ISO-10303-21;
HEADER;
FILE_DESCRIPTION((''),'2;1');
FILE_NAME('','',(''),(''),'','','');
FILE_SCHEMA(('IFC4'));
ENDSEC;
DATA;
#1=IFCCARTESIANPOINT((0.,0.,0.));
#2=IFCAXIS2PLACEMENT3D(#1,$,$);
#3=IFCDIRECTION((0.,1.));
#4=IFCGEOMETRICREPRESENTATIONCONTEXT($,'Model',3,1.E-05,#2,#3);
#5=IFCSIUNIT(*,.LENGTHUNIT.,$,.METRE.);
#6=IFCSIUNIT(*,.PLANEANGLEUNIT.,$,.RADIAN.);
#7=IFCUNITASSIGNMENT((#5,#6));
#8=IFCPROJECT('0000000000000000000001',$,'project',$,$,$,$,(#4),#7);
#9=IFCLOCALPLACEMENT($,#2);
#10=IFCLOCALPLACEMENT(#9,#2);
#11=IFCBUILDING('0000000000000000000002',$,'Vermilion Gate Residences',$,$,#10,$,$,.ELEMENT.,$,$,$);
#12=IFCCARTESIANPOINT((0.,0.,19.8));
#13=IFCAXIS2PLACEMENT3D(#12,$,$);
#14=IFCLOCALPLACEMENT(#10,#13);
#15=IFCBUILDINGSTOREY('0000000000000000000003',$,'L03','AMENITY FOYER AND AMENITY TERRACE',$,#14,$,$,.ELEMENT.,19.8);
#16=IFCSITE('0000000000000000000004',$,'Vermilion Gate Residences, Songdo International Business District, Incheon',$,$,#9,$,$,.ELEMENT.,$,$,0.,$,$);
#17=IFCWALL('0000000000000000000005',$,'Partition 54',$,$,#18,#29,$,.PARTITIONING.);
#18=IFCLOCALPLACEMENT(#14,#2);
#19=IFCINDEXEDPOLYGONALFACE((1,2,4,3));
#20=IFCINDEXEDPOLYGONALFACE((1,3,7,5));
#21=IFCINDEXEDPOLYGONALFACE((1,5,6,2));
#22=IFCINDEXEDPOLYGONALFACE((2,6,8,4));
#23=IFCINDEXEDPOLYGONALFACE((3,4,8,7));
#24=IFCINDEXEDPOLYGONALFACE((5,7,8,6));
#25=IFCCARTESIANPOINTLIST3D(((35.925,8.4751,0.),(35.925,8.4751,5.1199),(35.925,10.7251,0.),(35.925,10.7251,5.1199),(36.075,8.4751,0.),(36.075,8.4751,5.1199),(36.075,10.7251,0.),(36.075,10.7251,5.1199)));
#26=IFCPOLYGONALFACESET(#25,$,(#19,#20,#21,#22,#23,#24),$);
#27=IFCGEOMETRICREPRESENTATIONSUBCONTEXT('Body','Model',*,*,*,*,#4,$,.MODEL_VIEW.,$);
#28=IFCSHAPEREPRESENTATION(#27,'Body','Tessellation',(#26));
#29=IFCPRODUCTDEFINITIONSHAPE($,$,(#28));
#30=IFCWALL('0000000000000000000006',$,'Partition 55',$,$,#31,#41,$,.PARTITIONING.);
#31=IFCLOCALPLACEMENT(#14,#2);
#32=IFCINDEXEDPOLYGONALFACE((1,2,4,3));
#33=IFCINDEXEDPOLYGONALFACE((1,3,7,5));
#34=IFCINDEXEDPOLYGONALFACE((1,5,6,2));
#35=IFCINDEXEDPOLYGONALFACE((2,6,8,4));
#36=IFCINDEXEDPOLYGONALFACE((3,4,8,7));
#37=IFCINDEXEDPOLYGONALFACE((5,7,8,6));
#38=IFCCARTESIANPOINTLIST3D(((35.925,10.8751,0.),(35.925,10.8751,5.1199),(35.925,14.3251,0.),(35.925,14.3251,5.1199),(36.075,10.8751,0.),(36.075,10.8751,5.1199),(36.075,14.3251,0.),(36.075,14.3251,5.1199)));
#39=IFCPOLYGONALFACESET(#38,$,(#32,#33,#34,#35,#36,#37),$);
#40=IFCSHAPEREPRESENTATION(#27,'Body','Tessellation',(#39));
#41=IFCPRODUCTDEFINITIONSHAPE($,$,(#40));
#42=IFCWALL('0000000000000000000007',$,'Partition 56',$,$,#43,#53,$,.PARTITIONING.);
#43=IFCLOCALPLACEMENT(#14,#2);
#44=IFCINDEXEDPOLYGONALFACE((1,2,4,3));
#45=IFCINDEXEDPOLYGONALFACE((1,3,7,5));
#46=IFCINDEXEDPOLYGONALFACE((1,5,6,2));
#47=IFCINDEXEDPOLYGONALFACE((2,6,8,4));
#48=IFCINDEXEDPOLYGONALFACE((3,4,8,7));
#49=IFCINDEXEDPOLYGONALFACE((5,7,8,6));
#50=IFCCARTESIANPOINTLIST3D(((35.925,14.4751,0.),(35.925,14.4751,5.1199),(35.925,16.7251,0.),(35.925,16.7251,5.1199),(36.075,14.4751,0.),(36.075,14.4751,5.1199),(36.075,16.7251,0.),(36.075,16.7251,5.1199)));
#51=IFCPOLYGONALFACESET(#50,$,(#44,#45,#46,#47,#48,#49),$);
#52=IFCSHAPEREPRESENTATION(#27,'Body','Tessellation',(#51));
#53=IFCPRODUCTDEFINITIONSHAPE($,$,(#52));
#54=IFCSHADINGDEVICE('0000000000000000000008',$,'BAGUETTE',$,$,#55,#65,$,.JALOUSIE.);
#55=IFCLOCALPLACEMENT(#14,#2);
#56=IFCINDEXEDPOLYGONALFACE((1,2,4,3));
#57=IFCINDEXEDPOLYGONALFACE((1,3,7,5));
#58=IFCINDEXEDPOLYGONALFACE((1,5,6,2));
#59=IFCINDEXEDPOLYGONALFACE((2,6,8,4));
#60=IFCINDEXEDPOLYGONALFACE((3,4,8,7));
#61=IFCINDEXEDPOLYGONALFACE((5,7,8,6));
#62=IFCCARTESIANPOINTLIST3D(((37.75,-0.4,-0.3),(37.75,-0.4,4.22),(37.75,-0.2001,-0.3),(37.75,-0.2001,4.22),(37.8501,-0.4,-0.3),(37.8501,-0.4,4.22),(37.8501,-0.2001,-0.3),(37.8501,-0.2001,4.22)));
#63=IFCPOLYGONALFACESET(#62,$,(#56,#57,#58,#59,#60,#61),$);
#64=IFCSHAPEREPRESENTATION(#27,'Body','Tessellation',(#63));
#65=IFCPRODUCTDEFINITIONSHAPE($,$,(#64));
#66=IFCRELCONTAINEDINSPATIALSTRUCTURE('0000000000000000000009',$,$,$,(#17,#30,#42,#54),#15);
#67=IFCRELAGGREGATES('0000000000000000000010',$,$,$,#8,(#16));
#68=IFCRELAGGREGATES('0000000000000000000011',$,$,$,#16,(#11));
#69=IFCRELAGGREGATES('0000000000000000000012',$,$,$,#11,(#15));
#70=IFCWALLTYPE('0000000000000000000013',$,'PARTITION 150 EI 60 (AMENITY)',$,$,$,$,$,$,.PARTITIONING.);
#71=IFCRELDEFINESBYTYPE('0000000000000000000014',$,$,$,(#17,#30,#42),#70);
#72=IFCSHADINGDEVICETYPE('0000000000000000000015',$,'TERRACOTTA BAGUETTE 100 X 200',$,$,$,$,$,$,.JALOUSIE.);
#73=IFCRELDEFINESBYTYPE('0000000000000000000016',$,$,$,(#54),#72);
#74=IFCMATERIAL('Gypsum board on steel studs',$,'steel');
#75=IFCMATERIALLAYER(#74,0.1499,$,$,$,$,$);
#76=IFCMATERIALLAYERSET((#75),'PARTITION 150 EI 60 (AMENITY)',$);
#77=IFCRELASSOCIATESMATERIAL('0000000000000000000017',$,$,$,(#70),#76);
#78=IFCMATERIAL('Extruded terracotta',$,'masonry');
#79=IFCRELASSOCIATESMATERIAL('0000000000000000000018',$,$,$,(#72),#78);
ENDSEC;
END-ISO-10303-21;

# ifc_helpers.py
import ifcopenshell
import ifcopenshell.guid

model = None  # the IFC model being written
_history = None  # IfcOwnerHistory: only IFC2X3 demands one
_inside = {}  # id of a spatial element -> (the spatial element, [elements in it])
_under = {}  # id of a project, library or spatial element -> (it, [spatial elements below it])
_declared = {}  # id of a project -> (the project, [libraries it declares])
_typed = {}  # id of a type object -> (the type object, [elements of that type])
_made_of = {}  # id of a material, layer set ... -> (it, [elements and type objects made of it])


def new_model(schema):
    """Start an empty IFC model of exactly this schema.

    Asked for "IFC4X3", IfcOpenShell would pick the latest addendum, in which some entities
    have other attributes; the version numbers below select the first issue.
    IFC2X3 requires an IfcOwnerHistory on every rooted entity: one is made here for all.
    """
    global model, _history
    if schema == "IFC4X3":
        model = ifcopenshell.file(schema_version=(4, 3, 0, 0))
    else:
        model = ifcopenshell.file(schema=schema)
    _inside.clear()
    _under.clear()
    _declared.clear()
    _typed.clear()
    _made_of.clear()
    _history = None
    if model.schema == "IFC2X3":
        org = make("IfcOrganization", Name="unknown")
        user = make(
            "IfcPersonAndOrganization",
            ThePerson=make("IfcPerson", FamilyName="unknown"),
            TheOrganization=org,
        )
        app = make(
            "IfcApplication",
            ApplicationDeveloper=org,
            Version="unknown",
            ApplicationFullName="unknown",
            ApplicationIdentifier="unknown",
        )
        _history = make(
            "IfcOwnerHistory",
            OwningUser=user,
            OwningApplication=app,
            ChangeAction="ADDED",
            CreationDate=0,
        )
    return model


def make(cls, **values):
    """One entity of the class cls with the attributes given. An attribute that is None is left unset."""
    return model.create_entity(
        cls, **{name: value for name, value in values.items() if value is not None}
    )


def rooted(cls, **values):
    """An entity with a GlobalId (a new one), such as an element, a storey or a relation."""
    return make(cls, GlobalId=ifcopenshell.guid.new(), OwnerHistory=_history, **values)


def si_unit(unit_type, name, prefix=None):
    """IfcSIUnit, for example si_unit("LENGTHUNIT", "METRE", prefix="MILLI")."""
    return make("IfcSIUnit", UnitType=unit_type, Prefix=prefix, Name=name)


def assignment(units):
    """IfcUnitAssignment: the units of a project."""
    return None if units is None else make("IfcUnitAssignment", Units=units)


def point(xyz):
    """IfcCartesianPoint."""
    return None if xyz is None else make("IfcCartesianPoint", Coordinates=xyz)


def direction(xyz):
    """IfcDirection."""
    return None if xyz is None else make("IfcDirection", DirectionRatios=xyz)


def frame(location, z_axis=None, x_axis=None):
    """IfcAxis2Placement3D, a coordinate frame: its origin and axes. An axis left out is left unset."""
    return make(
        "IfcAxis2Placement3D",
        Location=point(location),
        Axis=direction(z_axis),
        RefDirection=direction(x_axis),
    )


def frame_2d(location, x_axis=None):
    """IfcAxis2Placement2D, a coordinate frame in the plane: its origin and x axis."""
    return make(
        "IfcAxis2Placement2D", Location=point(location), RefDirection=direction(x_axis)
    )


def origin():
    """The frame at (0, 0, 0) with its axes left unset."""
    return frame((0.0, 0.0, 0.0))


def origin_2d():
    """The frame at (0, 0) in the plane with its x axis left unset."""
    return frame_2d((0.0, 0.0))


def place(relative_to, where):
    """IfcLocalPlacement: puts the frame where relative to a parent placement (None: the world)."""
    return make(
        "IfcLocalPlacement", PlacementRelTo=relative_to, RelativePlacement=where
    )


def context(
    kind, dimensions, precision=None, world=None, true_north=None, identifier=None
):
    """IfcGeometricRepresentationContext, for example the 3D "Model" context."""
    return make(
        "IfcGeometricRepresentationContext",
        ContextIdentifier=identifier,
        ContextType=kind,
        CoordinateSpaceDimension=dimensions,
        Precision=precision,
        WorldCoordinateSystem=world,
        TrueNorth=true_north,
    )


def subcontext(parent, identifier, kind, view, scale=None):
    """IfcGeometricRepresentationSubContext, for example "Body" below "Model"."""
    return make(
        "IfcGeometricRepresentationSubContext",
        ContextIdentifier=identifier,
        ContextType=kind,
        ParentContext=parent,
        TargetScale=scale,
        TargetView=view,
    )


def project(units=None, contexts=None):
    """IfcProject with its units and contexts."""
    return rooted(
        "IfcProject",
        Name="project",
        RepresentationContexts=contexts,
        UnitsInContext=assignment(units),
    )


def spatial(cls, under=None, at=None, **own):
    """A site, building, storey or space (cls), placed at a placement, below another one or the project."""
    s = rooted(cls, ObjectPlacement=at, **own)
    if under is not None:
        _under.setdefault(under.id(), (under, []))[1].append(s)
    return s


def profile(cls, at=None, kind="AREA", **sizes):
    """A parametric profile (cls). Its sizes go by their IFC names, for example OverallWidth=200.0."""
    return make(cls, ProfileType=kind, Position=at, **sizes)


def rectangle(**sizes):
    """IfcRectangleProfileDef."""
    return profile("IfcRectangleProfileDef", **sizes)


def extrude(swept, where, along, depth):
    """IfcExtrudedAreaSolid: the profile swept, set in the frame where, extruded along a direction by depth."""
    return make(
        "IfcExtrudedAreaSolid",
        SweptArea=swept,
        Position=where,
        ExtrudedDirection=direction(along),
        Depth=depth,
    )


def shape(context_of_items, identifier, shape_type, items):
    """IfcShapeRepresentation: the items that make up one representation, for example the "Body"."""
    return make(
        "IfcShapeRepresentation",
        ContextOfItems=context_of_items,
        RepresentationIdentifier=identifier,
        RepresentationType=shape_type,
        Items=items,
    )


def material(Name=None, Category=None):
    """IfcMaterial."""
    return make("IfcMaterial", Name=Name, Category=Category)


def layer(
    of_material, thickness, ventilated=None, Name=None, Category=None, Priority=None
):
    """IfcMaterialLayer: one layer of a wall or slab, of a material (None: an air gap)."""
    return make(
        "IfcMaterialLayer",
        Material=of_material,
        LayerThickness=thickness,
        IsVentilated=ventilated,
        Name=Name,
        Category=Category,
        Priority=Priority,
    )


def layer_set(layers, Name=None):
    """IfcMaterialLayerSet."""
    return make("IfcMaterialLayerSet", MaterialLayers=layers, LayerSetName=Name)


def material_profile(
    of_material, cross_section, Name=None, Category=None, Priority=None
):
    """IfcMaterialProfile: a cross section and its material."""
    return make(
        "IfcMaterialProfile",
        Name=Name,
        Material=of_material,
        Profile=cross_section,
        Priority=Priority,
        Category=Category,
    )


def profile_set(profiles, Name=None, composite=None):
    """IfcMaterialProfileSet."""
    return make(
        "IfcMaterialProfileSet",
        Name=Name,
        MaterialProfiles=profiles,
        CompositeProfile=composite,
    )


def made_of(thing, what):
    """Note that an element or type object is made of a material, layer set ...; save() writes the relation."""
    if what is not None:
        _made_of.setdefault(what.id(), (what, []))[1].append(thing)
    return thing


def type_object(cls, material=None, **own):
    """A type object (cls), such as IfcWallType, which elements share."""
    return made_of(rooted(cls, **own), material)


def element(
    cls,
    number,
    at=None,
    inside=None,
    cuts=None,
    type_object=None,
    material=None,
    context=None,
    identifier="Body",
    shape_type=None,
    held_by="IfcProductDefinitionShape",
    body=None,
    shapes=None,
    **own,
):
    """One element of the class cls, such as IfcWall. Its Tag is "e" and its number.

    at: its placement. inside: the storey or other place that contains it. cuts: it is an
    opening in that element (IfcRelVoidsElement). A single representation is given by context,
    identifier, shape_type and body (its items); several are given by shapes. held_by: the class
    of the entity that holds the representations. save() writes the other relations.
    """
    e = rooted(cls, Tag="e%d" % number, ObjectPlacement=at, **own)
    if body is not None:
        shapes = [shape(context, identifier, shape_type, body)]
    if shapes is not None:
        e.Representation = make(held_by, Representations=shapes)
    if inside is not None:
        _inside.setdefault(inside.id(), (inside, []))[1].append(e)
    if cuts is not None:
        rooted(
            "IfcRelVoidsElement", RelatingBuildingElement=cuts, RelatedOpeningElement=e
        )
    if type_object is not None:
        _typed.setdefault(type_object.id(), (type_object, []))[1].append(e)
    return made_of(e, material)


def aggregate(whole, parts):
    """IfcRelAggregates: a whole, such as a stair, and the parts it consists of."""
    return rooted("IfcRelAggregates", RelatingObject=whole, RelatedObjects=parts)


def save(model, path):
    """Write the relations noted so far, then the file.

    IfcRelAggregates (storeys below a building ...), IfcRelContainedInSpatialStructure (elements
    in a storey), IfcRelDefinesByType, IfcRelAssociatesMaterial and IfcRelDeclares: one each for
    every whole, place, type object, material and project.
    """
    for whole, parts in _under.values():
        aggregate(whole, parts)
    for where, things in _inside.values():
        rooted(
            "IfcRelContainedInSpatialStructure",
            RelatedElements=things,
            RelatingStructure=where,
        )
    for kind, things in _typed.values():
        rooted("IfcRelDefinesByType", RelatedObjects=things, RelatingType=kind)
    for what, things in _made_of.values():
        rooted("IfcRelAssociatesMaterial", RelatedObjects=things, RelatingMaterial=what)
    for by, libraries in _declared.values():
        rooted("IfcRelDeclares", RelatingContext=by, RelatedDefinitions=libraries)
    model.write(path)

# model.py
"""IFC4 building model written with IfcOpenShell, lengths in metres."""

from ifc_helpers import new_model, si_unit, direction, frame, frame_2d, origin, origin_2d, place, context, subcontext, project, spatial, rectangle, extrude, material, layer, layer_set, material_profile, profile_set, type_object, element, save


model = new_model("IFC4")

# Units and contexts
model_context = context("Model", 3, precision=1e-05, world=origin(), true_north=direction((0.0, 1.0)))
body_context = subcontext(model_context, "Body", "Model", "MODEL_VIEW")
ifc_project = project(units=[si_unit("LENGTHUNIT", "METRE"), si_unit("PLANEANGLEUNIT", "RADIAN")], contexts=[model_context])

# Site, building, storey
site_placement = place(None, origin())
site = spatial("IfcSite", under=ifc_project, at=site_placement, Name="Vermilion Gate Residences, Songdo International Business District, Incheon", CompositionType="ELEMENT", RefElevation=0.0)
building_placement = place(site_placement, origin())
building = spatial("IfcBuilding", under=site, at=building_placement, Name="Vermilion Gate Residences", CompositionType="ELEMENT")
storey_placement = place(building_placement, frame((0.0, 0.0, 19.8)))
storey = spatial("IfcBuildingStorey", under=building, at=storey_placement, Name="L03", Description="AMENITY FOYER AND AMENITY TERRACE", CompositionType="ELEMENT", Elevation=19.8)

# Walls
ifc_material_1 = material(Name="Gypsum board on steel studs", Category="steel")
ifc_layer_1 = layer(ifc_material_1, 0.1499)
ifc_layer_set_1 = layer_set([ifc_layer_1], Name="PARTITION 150 EI 60 (AMENITY)")
wall_type = type_object("IfcWallType", Name="PARTITION 150 EI 60 (AMENITY)", PredefinedType="PARTITIONING", material=ifc_layer_set_1)
wall_1_placement = place(storey_placement, frame((36.0, 8.4751, 0.0), z_axis=(0.0, 0.0, 1.0), x_axis=(0.0, 1.0, 0.0)))
element("IfcWall", 1, at=wall_1_placement, inside=storey, type_object=wall_type, Name="Partition 54", PredefinedType="PARTITIONING", context=body_context, shape_type="SweptSolid", body=[
    extrude(rectangle(XDim=2.25, YDim=0.1499, at=frame_2d((1.125, 0.0))), origin(), (0.0, 0.0, 1.0), 5.1199),
])
wall_2_placement = place(storey_placement, frame((36.0, 10.875, 0.0), z_axis=(0.0, 0.0, 1.0), x_axis=(0.0, 1.0, 0.0)))
element("IfcWall", 2, at=wall_2_placement, inside=storey, type_object=wall_type, Name="Partition 55", PredefinedType="PARTITIONING", context=body_context, shape_type="SweptSolid", body=[
    extrude(rectangle(XDim=3.45, YDim=0.1499, at=frame_2d((1.7251, 0.0))), origin(), (0.0, 0.0, 1.0), 5.1199),
])
wall_3_placement = place(storey_placement, frame((36.0, 14.4751, 0.0), z_axis=(0.0, 0.0, 1.0), x_axis=(0.0, 1.0, 0.0)))
element("IfcWall", 3, at=wall_3_placement, inside=storey, type_object=wall_type, Name="Partition 56", PredefinedType="PARTITIONING", context=body_context, shape_type="SweptSolid", body=[
    extrude(rectangle(XDim=2.25, YDim=0.1499, at=frame_2d((1.125, 0.0))), origin(), (0.0, 0.0, 1.0), 5.1199),
])

# Shading device
ifc_material_2 = material(Name="Extruded terracotta", Category="masonry")
ifc_material_profile_1 = material_profile(ifc_material_2, rectangle(XDim=0.2, YDim=0.1001, at=origin_2d()), Name="BAGUETTE 100 X 200")
ifc_profile_set_1 = profile_set([ifc_material_profile_1], Name="Extruded terracotta")
shading_device_type = type_object("IfcShadingDeviceType", Name="TERRACOTTA BAGUETTE 100 X 200", PredefinedType="JALOUSIE", material=ifc_profile_set_1)
shading_device_placement = place(storey_placement, frame((37.8, -0.3, -0.3), z_axis=(0.0, 0.0, 1.0), x_axis=(0.0, 1.0, 0.0)))
element("IfcShadingDevice", 4, at=shading_device_placement, inside=storey, type_object=shading_device_type, Name="BAGUETTE", PredefinedType="JALOUSIE", context=body_context, shape_type="SweptSolid", body=[
    extrude(rectangle(XDim=0.2, YDim=0.1001, at=origin_2d()), origin(), (0.0, 0.0, 1.0), 4.52),
])

save(model, "model.ifc")
